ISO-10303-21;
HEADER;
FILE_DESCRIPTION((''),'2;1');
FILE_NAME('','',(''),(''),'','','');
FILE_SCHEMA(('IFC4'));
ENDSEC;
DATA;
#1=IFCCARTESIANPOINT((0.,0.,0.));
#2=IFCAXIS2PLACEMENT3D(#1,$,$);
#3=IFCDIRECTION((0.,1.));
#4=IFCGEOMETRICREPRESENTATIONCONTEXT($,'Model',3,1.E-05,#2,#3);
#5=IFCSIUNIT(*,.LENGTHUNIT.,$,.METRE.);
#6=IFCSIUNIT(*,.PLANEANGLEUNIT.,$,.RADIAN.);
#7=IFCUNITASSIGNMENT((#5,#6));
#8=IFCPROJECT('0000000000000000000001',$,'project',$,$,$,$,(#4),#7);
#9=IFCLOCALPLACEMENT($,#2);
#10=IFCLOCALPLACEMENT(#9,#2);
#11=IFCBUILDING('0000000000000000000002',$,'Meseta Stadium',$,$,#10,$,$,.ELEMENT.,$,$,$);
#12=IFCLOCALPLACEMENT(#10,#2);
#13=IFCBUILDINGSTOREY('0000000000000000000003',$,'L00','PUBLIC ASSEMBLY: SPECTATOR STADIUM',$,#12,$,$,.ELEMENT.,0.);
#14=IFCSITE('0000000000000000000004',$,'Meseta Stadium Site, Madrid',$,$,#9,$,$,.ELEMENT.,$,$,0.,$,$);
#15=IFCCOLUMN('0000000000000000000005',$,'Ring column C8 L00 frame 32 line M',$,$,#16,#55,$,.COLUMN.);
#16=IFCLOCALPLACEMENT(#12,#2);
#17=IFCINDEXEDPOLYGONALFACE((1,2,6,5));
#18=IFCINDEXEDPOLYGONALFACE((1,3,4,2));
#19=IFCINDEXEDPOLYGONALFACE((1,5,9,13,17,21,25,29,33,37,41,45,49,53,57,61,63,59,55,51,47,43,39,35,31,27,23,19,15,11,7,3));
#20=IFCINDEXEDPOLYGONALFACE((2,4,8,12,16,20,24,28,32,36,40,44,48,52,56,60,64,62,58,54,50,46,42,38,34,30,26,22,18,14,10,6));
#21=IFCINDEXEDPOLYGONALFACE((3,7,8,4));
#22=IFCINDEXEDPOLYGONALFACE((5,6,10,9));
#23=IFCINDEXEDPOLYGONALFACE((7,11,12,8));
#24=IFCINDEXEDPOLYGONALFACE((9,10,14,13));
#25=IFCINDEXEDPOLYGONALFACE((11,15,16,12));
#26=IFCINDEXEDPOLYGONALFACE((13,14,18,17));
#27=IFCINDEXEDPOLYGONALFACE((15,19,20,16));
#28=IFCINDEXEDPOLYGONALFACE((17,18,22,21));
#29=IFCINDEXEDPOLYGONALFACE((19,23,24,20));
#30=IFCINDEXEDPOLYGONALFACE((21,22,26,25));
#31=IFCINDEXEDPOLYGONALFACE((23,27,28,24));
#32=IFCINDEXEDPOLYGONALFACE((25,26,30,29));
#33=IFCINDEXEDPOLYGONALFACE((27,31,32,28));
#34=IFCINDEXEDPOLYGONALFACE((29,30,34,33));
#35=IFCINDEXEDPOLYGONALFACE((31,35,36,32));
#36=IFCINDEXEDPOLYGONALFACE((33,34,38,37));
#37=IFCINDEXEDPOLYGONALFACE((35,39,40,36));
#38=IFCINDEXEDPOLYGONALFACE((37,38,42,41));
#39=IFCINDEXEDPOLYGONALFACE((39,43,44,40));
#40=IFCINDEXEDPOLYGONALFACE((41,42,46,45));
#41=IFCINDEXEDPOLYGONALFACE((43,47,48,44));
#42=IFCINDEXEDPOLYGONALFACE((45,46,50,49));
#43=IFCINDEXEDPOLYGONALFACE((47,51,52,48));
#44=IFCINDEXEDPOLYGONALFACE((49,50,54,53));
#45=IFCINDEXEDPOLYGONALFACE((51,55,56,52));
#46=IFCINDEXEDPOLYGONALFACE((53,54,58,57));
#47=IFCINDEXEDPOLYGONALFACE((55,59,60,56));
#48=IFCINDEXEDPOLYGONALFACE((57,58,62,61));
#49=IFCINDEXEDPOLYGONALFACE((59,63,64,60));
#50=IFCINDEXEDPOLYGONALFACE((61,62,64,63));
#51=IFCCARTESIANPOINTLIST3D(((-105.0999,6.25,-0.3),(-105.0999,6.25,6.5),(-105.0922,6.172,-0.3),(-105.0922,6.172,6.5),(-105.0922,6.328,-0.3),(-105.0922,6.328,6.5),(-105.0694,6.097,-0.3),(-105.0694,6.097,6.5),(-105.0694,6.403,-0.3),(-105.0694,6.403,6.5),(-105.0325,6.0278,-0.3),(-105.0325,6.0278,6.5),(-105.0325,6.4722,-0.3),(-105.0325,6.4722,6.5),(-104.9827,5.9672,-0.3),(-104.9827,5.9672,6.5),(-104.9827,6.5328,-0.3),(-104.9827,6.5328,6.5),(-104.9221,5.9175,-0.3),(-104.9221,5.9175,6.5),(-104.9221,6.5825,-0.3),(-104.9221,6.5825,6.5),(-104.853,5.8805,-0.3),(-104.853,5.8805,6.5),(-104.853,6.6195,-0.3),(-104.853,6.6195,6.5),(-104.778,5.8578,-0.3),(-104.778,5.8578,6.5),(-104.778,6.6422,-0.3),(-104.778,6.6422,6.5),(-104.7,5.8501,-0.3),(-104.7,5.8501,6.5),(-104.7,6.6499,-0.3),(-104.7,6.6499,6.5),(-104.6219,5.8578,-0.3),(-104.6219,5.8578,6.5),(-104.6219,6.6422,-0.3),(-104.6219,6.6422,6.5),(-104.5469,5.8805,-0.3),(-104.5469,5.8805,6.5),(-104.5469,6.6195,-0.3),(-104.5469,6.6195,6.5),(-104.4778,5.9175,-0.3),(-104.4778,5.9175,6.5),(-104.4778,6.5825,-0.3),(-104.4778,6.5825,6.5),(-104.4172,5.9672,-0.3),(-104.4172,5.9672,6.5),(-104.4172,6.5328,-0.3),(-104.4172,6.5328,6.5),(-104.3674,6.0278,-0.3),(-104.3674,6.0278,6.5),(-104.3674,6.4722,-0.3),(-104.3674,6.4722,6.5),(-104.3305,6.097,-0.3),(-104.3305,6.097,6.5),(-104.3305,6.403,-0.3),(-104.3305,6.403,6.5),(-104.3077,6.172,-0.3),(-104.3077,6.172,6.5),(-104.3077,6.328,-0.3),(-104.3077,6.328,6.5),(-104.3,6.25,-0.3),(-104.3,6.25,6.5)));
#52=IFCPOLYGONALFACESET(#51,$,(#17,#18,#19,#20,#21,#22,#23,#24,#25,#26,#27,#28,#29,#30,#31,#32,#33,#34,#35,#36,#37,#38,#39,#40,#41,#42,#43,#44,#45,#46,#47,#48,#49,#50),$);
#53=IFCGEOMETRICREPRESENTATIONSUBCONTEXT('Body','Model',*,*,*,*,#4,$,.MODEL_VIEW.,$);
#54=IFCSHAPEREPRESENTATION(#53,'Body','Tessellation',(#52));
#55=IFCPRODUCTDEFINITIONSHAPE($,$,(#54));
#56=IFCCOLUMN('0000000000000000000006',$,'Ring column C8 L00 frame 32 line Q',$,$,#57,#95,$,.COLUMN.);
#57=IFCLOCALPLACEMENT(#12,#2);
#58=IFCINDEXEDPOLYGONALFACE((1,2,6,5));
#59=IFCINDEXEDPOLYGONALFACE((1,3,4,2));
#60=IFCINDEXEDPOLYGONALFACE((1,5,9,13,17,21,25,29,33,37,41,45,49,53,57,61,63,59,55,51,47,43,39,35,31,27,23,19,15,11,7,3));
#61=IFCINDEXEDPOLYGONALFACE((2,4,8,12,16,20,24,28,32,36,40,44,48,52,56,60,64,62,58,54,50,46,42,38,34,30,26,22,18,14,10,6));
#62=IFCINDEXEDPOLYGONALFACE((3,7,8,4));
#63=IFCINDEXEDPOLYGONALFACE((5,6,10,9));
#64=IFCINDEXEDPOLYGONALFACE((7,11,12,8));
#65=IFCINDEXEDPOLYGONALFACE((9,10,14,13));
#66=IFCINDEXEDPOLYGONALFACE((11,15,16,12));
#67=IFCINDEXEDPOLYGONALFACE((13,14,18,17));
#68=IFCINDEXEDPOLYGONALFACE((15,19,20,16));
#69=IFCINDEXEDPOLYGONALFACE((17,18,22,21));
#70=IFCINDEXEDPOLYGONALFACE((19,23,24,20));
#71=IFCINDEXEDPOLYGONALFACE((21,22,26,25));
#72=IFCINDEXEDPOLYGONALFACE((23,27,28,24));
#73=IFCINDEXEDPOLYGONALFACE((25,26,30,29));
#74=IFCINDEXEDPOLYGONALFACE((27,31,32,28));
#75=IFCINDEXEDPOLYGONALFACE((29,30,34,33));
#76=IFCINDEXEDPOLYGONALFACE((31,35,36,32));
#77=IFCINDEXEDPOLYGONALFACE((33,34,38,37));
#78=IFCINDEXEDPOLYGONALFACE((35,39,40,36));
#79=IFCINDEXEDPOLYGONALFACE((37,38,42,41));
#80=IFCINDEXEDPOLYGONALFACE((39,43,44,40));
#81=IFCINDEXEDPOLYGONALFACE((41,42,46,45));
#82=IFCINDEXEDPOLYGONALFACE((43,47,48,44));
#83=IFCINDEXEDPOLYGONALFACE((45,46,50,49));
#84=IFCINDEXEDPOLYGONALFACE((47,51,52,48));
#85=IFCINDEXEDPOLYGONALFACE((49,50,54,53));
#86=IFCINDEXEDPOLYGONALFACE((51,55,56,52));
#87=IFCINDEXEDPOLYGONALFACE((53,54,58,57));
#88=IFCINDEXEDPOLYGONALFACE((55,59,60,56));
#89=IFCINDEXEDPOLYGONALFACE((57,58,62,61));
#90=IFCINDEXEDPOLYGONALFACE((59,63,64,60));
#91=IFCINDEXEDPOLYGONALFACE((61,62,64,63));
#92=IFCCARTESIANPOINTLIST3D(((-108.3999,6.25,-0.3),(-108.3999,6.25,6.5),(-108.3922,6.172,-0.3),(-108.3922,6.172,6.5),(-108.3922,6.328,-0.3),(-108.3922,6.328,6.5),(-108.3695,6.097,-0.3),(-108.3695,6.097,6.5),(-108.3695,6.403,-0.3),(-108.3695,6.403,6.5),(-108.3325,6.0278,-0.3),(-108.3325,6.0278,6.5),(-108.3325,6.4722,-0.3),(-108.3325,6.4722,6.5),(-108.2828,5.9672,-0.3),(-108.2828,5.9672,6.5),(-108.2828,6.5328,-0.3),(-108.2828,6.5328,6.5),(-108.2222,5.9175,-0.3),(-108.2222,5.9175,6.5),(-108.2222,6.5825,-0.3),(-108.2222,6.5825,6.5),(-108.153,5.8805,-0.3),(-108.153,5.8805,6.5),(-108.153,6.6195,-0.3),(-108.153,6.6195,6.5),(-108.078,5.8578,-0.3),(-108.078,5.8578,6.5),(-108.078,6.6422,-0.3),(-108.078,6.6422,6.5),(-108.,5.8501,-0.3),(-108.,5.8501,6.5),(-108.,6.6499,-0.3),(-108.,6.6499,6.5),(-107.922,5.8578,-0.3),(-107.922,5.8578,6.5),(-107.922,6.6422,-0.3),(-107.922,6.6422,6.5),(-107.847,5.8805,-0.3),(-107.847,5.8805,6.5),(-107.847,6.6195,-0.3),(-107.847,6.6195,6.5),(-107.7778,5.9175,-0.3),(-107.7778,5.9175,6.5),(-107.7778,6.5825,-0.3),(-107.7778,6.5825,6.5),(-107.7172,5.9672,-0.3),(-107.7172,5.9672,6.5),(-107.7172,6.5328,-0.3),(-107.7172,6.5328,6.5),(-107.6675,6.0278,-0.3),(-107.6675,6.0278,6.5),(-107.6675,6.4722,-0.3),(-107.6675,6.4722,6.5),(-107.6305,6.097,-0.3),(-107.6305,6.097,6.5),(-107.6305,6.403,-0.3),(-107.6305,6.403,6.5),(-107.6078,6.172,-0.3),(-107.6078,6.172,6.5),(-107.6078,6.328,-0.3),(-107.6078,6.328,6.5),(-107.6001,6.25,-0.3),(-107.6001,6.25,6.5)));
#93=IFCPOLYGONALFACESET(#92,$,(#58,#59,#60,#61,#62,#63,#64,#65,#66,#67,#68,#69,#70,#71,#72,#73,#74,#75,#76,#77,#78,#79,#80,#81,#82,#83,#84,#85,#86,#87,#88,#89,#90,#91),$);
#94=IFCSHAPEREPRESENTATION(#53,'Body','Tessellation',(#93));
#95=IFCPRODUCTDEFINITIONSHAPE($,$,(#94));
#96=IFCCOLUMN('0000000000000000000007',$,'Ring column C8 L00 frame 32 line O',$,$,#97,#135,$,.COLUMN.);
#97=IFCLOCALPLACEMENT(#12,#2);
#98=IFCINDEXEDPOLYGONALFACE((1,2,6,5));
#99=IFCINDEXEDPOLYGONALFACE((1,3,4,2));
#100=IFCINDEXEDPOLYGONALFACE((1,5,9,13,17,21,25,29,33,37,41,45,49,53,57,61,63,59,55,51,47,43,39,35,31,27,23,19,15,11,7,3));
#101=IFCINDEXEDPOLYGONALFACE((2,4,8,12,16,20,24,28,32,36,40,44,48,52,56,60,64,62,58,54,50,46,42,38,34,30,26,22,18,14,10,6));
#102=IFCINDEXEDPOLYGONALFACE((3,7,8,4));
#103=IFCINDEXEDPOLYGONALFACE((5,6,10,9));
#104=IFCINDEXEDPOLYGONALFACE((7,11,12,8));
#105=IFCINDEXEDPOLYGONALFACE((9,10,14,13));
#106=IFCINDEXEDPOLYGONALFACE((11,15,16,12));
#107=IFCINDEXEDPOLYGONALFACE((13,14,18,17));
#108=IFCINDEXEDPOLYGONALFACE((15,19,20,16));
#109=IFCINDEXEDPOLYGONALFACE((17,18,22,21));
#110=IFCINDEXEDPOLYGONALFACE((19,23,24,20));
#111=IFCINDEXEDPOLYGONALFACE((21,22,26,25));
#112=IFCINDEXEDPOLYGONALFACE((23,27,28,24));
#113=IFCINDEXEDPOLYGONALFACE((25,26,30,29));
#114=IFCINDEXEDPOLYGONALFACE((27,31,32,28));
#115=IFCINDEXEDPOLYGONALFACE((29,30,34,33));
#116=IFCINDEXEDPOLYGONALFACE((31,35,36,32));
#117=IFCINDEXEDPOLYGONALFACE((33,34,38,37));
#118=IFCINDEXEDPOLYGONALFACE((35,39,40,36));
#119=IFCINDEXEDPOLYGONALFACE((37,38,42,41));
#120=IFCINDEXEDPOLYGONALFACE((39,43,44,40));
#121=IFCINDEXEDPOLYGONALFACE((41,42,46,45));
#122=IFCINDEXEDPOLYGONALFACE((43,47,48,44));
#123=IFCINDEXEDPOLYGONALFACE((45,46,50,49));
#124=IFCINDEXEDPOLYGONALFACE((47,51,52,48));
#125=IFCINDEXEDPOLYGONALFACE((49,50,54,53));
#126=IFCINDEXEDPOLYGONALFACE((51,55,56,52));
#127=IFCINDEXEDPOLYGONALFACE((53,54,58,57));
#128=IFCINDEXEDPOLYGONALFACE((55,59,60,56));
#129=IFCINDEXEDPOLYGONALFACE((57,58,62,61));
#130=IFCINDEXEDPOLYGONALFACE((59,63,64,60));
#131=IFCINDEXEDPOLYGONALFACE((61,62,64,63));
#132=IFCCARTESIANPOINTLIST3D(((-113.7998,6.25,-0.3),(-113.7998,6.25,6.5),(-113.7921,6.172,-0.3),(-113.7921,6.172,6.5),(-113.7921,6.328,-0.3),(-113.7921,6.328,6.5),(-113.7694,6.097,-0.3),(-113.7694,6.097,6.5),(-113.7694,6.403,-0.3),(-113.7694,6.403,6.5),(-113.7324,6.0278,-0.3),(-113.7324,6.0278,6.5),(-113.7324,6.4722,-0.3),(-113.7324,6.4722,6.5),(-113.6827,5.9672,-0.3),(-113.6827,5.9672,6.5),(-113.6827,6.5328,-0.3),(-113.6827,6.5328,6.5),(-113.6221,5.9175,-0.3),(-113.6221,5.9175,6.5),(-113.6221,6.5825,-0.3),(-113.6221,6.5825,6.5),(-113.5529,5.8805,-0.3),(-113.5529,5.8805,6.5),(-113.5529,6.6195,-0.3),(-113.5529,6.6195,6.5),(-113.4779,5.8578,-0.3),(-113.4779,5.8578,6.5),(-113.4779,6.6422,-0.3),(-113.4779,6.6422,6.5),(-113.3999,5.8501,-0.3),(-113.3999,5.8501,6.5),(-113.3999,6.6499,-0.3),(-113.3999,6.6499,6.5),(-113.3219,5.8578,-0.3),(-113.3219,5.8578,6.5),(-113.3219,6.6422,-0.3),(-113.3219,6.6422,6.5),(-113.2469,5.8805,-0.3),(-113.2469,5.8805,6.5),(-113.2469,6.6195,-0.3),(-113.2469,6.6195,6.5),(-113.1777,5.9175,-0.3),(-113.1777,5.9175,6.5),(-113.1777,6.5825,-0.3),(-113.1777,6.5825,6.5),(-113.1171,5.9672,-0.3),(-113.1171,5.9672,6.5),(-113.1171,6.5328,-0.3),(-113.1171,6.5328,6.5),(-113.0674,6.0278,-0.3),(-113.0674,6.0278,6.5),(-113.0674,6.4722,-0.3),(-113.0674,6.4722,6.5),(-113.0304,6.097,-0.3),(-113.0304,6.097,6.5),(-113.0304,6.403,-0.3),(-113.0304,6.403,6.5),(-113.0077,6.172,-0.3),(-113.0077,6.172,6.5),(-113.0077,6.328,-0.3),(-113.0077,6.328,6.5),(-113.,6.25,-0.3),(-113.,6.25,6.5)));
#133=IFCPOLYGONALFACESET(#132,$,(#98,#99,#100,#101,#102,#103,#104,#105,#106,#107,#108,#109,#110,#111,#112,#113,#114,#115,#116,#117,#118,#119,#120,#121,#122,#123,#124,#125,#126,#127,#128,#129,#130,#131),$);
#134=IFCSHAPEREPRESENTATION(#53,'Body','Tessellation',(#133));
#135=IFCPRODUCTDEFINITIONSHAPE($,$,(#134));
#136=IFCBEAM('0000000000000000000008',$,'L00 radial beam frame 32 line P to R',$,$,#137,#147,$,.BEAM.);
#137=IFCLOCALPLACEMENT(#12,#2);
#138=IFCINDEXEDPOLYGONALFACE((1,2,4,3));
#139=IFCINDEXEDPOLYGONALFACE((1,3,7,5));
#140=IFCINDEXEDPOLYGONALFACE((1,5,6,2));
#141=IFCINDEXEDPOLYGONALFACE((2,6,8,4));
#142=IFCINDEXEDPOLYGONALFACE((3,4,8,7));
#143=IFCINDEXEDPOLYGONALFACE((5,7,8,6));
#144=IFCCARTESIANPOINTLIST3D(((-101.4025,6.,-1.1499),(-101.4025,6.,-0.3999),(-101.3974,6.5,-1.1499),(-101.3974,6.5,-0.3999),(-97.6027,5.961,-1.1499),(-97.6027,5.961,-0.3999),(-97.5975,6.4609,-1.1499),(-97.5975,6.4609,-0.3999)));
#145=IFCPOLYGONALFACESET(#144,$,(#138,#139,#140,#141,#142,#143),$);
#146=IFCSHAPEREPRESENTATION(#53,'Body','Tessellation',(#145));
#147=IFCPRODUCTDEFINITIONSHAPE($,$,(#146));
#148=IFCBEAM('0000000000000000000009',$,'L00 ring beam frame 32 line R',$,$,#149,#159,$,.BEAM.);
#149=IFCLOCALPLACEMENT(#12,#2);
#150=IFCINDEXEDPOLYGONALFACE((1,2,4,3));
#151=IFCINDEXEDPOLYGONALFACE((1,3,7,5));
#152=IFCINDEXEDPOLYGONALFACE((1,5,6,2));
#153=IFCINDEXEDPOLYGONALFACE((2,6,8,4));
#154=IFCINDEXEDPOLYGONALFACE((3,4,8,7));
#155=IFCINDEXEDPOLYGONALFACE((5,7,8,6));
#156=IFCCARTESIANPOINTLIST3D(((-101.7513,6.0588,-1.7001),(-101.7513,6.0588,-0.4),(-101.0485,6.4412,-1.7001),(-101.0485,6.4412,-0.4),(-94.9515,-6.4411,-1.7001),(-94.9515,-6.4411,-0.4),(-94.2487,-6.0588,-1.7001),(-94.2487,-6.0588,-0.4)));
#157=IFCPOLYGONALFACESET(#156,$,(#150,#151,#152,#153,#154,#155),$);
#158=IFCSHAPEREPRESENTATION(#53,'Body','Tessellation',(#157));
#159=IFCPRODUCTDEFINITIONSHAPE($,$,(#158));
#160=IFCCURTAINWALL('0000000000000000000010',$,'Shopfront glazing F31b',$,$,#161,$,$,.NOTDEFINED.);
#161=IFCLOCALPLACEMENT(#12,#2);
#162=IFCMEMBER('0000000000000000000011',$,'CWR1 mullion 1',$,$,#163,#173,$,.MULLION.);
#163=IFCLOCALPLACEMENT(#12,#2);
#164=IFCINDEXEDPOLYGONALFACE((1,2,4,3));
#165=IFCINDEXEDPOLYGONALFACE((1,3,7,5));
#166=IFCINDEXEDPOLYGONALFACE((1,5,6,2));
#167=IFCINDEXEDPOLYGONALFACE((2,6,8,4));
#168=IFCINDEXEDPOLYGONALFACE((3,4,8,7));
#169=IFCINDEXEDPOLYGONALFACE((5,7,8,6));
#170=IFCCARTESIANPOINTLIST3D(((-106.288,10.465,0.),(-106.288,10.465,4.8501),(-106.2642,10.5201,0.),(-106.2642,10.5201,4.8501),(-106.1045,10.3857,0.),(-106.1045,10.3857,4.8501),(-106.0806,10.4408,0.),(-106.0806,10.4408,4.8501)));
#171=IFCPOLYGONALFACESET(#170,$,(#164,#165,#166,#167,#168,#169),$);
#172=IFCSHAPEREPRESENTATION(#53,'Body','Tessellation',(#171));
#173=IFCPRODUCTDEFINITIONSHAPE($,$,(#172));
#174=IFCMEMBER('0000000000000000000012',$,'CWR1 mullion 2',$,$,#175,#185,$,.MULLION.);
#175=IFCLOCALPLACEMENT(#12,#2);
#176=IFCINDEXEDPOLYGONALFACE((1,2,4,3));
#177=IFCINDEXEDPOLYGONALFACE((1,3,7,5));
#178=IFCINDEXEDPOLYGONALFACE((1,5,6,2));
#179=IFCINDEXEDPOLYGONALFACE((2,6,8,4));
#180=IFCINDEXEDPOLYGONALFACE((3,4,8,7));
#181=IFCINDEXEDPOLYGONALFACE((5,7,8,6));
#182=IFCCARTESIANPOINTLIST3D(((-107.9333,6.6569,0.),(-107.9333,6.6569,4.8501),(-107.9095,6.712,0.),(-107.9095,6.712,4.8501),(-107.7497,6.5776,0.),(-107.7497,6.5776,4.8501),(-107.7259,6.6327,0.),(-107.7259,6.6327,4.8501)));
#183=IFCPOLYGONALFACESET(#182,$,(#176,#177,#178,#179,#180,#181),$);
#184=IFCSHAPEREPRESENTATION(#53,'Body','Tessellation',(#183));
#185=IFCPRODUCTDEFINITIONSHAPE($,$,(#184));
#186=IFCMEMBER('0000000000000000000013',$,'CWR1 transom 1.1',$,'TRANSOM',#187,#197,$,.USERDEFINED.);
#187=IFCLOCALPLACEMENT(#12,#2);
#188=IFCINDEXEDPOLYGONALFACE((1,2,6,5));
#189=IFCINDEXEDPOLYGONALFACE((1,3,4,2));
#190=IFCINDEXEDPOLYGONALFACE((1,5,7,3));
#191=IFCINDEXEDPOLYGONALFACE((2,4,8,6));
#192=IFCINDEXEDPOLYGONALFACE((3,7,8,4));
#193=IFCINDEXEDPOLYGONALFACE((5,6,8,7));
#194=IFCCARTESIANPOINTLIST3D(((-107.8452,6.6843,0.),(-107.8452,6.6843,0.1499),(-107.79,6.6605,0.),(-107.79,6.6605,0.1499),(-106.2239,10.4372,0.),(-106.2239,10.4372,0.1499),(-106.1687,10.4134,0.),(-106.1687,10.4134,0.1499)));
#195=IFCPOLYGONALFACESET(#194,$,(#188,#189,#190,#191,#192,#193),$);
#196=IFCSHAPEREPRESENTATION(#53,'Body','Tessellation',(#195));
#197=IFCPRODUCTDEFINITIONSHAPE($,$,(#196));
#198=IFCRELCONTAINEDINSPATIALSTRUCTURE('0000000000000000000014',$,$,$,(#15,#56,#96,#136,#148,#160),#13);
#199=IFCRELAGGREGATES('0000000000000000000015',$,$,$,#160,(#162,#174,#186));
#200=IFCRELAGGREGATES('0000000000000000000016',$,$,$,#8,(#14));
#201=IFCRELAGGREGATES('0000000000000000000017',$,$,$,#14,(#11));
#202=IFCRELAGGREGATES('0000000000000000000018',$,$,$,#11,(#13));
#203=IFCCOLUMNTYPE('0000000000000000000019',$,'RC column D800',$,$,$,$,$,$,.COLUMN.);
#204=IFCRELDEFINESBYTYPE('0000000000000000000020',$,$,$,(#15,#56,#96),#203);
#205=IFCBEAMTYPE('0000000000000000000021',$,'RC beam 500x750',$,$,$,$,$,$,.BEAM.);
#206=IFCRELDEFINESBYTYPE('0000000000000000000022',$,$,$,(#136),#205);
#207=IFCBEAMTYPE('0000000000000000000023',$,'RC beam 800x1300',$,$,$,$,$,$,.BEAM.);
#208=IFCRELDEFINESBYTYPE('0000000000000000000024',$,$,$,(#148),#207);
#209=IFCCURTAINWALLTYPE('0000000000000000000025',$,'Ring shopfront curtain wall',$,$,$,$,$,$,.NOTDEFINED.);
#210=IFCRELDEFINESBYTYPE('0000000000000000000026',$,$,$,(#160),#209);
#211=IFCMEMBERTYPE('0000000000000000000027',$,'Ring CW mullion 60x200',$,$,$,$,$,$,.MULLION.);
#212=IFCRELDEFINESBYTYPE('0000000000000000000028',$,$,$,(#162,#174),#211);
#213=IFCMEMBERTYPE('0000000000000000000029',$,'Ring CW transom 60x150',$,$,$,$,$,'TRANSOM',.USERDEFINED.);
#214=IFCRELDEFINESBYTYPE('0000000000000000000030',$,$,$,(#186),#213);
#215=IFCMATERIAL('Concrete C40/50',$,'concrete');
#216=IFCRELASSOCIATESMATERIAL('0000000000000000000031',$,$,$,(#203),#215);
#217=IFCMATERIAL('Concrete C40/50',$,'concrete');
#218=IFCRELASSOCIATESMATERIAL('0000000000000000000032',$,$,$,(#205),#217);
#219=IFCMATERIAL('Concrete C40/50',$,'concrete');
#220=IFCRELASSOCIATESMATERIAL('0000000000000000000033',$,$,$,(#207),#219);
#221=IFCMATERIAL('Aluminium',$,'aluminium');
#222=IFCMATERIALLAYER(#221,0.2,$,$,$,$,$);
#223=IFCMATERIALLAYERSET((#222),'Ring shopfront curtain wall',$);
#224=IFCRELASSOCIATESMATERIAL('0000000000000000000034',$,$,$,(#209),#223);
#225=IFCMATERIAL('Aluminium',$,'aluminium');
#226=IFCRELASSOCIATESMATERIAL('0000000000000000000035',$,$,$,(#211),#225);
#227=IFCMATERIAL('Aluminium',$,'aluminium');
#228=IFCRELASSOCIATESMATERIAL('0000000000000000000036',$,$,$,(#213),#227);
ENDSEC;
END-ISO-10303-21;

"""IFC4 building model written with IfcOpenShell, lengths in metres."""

from ifc_helpers import new_model, si_unit, direction, frame, origin, origin_2d, place, context, subcontext, project, spatial, rectangle, circle, extrude, material, layer, layer_set, material_profile, profile_set, type_object, element, aggregate, save


model = new_model("IFC4")

# Units and contexts
model_context = context("Model", 3, precision=1e-05, world=origin(), true_north=direction((0.0, 1.0)))
body_context = subcontext(model_context, "Body", "Model", "MODEL_VIEW")
ifc_project = project(units=[si_unit("LENGTHUNIT", "METRE"), si_unit("PLANEANGLEUNIT", "RADIAN")], contexts=[model_context])

# Site, building, storey
site_placement = place(None, origin())
site = spatial("IfcSite", under=ifc_project, at=site_placement, Name="Meseta Stadium Site, Madrid", CompositionType="ELEMENT", RefElevation=0.0)
building_placement = place(site_placement, origin())
building = spatial("IfcBuilding", under=site, at=building_placement, Name="Meseta Stadium", CompositionType="ELEMENT")
storey_placement = place(building_placement, origin())
storey = spatial("IfcBuildingStorey", under=building, at=storey_placement, Name="L00", Description="PUBLIC ASSEMBLY: SPECTATOR STADIUM", CompositionType="ELEMENT", Elevation=0.0)

# Columns
ifc_material_1 = material(Name="Concrete C40/50", Category="concrete")
ifc_material_profile_1 = material_profile(ifc_material_1, circle(Radius=0.3999, at=origin_2d()), Name="RC D800")
ifc_profile_set_1 = profile_set([ifc_material_profile_1], Name="Concrete C40/50")
column_type_1 = type_object("IfcColumnType", Name="RC column D800", PredefinedType="COLUMN", material=ifc_profile_set_1)
for number, where, z_axis, x_axis, name in (
    (1, (-104.7, 6.25, -0.3), (0.0, 0.0, 1.0), (1.0, 0.0, 0.0), "Ring column C8 L00 frame 32 line M"),
    (2, (-108.0, 6.25, -0.3), (0.0, 0.0, 1.0), (1.0, 0.0, 0.0), "Ring column C8 L00 frame 32 line Q"),
    (3, (-113.3999, 6.25, -0.3), (0.0, 0.0, 1.0), (1.0, 0.0, 0.0), "Ring column C8 L00 frame 32 line O"),
):
    element("IfcColumn", number, at=place(storey_placement, frame(where, z_axis=z_axis, x_axis=x_axis)), inside=storey, type_object=column_type_1, Name=name, PredefinedType="COLUMN", context=body_context, shape_type="SweptSolid", body=[
        extrude(circle(Radius=0.3999, at=origin_2d()), origin(), (0.0, 0.0, 1.0), 6.8),
    ])

# Beams
ifc_material_2 = material(Name="Concrete C40/50", Category="concrete")
ifc_material_profile_2 = material_profile(ifc_material_2, rectangle(XDim=0.5, YDim=0.75, at=origin_2d()), Name="RC 500x750")
ifc_profile_set_2 = profile_set([ifc_material_profile_2], Name="Concrete C40/50")
beam_type_1 = type_object("IfcBeamType", Name="RC beam 500x750", PredefinedType="BEAM", material=ifc_profile_set_2)
beam_1_placement = place(storey_placement, frame((-97.6001, 6.2109, -0.7749), z_axis=(-0.999947, 0.01028, 0.0), x_axis=(-0.01028, -0.999947, 0.0)))
element("IfcBeam", 4, at=beam_1_placement, inside=storey, type_object=beam_type_1, Name="L00 radial beam frame 32 line P to R", PredefinedType="BEAM", context=body_context, shape_type="SweptSolid", body=[
    extrude(rectangle(XDim=0.5, YDim=0.75, at=origin_2d()), origin(), (0.0, 0.0, 1.0), 3.8),
])
ifc_material_3 = material(Name="Concrete C40/50", Category="concrete")
ifc_material_profile_3 = material_profile(ifc_material_3, rectangle(XDim=0.8, YDim=1.3, at=origin_2d()), Name="RC 800x1300")
ifc_profile_set_3 = profile_set([ifc_material_profile_3], Name="Concrete C40/50")
beam_type_2 = type_object("IfcBeamType", Name="RC beam 800x1300", PredefinedType="BEAM", material=ifc_profile_set_3)
beam_2_placement = place(storey_placement, frame((-101.3999, 6.25, -1.05), z_axis=(0.477856, -0.878438, 0.0), x_axis=(0.878438, 0.477856, 0.0)))
element("IfcBeam", 5, at=beam_2_placement, inside=storey, type_object=beam_type_2, Name="L00 ring beam frame 32 line R", PredefinedType="BEAM", context=body_context, shape_type="SweptSolid", body=[
    extrude(rectangle(XDim=0.8, YDim=1.3, at=origin_2d()), origin(), (0.0, 0.0, 1.0), 14.2297),
])

# Curtain wall, members
ifc_material_4 = material(Name="Aluminium", Category="aluminium")
ifc_layer_1 = layer(ifc_material_4, 0.2)
ifc_layer_set_1 = layer_set([ifc_layer_1], Name="Ring shopfront curtain wall")
curtain_wall_type = type_object("IfcCurtainWallType", Name="Ring shopfront curtain wall", PredefinedType="NOTDEFINED", material=ifc_layer_set_1)
curtain_wall_placement = place(storey_placement, origin())
curtain_wall = element("IfcCurtainWall", 6, at=curtain_wall_placement, inside=storey, type_object=curtain_wall_type, Name="Shopfront glazing F31b", PredefinedType="NOTDEFINED")
ifc_material_5 = material(Name="Aluminium", Category="aluminium")
ifc_material_profile_4 = material_profile(ifc_material_5, rectangle(XDim=0.2, YDim=0.0601, at=origin_2d()), Name="CW 200x60")
ifc_profile_set_4 = profile_set([ifc_material_profile_4], Name="Aluminium")
member_type_1 = type_object("IfcMemberType", Name="Ring CW mullion 60x200", PredefinedType="MULLION", material=ifc_profile_set_4)
member_1_placement = place(storey_placement, frame((-106.1843, 10.4529, 0.0), z_axis=(0.0, 0.0, 1.0), x_axis=(0.918002, -0.396576, 0.0)))
member_1 = element("IfcMember", 7, at=member_1_placement, type_object=member_type_1, Name="CWR1 mullion 1", PredefinedType="MULLION", context=body_context, shape_type="SweptSolid", body=[
    extrude(rectangle(XDim=0.2, YDim=0.0601, at=origin_2d()), origin(), (0.0, 0.0, 1.0), 4.8501),
])
member_2_placement = place(storey_placement, frame((-107.8296, 6.6448, 0.0), z_axis=(0.0, 0.0, 1.0), x_axis=(0.918002, -0.396576, 0.0)))
member_2 = element("IfcMember", 8, at=member_2_placement, type_object=member_type_1, Name="CWR1 mullion 2", PredefinedType="MULLION", context=body_context, shape_type="SweptSolid", body=[
    extrude(rectangle(XDim=0.2, YDim=0.0601, at=origin_2d()), origin(), (0.0, 0.0, 1.0), 4.8501),
])
ifc_material_6 = material(Name="Aluminium", Category="aluminium")
ifc_material_profile_5 = material_profile(ifc_material_6, rectangle(XDim=0.0601, YDim=0.1499, at=origin_2d()), Name="CW 60x150")
ifc_profile_set_5 = profile_set([ifc_material_profile_5], Name="Aluminium")
member_type_2 = type_object("IfcMemberType", Name="Ring CW transom 60x150", ElementType="TRANSOM", PredefinedType="USERDEFINED", material=ifc_profile_set_5)
member_3_placement = place(storey_placement, frame((-106.1963, 10.4253, 0.075), z_axis=(-0.396592, -0.917995, 0.0), x_axis=(0.917995, -0.396592, 0.0)))
member_3 = element("IfcMember", 9, at=member_3_placement, type_object=member_type_2, Name="CWR1 transom 1.1", ObjectType="TRANSOM", PredefinedType="USERDEFINED", context=body_context, shape_type="SweptSolid", body=[
    extrude(rectangle(XDim=0.0601, YDim=0.1499, at=origin_2d()), origin(), (0.0, 0.0, 1.0), 4.0881),
])
aggregate(curtain_wall, [member_1, member_2, member_3])

save(model, "model.ifc")
